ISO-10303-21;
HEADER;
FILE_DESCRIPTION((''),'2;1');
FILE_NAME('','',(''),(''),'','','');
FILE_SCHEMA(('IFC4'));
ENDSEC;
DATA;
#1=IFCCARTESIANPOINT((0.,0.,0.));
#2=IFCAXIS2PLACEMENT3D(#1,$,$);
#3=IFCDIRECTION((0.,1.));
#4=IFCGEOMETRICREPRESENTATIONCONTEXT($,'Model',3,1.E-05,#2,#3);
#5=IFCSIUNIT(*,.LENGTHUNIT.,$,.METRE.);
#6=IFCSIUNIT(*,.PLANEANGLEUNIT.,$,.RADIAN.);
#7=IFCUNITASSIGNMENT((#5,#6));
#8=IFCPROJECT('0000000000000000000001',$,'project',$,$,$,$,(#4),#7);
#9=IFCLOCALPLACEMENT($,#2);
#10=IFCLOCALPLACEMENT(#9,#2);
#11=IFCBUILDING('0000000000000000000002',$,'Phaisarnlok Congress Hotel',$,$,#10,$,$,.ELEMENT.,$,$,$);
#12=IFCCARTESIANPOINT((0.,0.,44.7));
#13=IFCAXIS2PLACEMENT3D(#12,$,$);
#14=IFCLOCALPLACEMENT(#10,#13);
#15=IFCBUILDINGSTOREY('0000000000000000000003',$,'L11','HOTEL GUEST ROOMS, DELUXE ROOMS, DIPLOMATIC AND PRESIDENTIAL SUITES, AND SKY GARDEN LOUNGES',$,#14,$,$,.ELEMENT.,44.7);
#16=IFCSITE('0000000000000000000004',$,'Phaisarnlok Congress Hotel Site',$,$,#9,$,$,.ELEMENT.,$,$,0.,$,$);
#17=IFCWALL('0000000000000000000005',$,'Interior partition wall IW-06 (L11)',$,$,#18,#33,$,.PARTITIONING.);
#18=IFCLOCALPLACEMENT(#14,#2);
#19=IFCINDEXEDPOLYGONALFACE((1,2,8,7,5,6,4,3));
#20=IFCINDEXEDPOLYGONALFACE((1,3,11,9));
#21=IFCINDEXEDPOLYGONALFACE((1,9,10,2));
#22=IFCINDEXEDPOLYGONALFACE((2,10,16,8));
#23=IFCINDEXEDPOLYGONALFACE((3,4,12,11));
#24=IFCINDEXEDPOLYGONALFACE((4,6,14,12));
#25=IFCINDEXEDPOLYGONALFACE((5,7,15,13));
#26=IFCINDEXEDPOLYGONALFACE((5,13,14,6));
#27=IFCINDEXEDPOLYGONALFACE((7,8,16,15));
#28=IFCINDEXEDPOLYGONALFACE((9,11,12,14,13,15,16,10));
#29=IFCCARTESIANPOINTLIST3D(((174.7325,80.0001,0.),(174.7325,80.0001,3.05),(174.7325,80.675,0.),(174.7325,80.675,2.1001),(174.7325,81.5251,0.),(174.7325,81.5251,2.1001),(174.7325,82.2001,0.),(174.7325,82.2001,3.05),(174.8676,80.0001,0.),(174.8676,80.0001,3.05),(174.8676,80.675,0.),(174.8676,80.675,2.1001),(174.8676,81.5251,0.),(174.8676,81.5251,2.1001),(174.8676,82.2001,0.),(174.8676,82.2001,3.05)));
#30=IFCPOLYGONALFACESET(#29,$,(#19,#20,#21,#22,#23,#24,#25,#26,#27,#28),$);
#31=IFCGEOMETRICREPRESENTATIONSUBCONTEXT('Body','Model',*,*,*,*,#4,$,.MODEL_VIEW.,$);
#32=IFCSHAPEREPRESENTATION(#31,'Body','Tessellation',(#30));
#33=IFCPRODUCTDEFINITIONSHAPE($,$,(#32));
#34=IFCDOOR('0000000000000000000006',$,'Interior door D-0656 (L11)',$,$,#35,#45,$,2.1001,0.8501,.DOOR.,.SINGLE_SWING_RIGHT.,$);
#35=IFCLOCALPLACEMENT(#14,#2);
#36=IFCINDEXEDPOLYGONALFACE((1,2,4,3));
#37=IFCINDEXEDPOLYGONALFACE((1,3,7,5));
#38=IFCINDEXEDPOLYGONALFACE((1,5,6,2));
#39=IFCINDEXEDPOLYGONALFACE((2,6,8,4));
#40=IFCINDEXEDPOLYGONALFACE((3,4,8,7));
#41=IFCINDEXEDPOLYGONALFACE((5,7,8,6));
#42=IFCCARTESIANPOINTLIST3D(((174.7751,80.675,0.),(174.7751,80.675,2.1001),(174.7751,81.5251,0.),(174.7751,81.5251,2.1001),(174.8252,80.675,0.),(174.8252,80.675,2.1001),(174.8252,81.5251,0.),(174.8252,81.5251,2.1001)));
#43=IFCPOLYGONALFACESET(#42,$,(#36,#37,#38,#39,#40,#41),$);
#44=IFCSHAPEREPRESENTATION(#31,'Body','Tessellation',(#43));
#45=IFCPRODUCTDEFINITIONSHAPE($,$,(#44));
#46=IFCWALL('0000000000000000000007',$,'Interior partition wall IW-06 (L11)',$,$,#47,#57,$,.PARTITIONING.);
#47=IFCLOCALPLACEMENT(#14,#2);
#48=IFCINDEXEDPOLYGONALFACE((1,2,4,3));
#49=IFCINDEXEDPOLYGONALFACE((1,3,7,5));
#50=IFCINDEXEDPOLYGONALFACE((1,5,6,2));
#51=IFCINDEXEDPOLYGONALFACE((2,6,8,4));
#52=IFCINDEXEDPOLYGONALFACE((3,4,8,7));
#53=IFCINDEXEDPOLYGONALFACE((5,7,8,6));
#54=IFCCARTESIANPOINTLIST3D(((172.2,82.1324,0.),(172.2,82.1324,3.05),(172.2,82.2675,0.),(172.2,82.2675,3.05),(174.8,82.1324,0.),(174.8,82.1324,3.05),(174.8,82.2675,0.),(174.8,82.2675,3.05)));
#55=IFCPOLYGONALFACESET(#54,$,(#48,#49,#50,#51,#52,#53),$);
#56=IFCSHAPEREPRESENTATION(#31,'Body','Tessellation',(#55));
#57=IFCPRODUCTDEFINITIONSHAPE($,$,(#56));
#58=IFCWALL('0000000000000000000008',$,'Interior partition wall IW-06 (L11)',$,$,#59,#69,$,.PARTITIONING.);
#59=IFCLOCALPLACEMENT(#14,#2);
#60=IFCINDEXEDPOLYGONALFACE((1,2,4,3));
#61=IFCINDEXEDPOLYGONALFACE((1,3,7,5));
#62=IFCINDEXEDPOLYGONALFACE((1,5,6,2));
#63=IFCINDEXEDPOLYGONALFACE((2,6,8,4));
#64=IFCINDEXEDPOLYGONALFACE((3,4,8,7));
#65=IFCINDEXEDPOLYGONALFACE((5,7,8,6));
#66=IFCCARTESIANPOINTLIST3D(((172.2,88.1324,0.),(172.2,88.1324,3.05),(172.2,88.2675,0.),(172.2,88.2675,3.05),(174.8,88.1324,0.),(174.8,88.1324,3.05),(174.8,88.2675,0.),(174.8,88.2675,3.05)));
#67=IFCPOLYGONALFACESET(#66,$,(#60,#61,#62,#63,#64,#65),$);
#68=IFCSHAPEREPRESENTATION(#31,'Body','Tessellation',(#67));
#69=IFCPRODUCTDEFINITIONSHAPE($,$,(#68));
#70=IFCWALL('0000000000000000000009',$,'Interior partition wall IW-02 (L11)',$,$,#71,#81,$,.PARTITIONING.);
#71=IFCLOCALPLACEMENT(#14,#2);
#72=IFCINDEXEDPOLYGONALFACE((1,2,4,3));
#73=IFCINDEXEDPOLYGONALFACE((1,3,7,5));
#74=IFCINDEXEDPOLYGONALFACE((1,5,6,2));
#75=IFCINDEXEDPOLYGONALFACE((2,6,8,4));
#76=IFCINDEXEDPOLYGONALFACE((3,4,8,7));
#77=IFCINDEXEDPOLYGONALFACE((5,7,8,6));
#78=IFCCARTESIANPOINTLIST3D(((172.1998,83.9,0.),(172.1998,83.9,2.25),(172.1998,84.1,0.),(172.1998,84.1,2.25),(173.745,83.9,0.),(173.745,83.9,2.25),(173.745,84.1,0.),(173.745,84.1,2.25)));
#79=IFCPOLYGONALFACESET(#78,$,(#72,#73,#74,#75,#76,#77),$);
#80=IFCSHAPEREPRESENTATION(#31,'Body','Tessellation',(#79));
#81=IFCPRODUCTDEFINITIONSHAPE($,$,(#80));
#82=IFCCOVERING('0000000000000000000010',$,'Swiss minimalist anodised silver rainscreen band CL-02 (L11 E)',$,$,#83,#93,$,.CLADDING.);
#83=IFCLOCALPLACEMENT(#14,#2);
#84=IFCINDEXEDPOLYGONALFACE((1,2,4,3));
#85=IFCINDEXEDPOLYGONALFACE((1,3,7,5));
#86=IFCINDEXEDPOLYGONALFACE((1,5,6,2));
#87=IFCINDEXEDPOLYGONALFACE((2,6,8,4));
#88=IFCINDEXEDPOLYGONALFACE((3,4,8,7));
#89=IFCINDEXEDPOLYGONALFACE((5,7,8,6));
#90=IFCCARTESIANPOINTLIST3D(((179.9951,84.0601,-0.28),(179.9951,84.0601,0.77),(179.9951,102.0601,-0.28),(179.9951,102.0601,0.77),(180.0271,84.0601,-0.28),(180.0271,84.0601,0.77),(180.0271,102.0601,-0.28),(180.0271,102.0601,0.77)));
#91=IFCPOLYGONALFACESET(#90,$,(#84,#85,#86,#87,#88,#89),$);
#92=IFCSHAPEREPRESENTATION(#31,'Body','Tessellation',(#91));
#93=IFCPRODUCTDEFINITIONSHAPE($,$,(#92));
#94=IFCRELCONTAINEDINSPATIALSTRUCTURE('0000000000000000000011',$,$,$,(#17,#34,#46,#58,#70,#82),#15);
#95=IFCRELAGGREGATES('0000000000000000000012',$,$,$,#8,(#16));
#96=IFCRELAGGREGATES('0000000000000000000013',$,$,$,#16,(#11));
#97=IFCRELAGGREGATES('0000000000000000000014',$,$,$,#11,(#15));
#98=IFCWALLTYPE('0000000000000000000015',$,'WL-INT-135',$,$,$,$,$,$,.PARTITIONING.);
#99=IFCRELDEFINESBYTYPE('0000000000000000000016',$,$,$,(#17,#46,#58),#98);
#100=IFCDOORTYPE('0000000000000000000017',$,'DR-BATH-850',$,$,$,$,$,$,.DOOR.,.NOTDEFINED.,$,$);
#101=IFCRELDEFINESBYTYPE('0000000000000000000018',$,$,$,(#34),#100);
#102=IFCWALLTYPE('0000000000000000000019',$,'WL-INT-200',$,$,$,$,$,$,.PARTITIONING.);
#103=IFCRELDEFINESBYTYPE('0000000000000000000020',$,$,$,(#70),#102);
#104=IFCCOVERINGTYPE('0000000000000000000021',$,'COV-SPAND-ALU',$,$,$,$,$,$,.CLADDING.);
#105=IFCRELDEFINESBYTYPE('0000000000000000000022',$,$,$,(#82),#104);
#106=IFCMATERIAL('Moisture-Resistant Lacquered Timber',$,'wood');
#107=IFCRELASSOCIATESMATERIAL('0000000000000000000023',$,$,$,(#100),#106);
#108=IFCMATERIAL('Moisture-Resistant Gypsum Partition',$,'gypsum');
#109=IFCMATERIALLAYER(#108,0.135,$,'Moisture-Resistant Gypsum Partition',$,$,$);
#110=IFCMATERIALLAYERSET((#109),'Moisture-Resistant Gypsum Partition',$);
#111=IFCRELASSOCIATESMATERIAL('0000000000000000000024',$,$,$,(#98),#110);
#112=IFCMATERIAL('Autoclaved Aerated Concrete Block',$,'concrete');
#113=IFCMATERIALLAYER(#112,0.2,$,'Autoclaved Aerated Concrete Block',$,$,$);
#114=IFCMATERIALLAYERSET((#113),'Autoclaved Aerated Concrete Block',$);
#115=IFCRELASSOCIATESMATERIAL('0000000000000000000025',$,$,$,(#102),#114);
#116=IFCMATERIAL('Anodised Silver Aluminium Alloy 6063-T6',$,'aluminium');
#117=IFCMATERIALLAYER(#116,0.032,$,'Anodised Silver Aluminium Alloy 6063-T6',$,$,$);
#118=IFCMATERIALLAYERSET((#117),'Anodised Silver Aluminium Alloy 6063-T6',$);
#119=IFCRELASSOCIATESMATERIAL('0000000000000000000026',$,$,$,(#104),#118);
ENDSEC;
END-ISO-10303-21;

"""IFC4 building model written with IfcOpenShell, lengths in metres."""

from ifc_helpers import new_model, si_unit, direction, frame, frame_2d, origin, place, context, subcontext, project, spatial, polyline, rectangle, outline, extrude, material, layer, layer_set, type_object, element, fill, save


model = new_model("IFC4")

# Units and contexts
model_context = context("Model", 3, precision=1e-05, world=origin(), true_north=direction((0.0, 1.0)))
body_context = subcontext(model_context, "Body", "Model", "MODEL_VIEW")
ifc_project = project(units=[si_unit("LENGTHUNIT", "METRE"), si_unit("PLANEANGLEUNIT", "RADIAN")], contexts=[model_context])

# Site, building, storey
site_placement = place(None, origin())
site = spatial("IfcSite", under=ifc_project, at=site_placement, Name="Phaisarnlok Congress Hotel Site", CompositionType="ELEMENT", RefElevation=0.0)
building_placement = place(site_placement, origin())
building = spatial("IfcBuilding", under=site, at=building_placement, Name="Phaisarnlok Congress Hotel", CompositionType="ELEMENT")
storey_placement = place(building_placement, frame((0.0, 0.0, 44.7)))
storey = spatial("IfcBuildingStorey", under=building, at=storey_placement, Name="L11", Description="HOTEL GUEST ROOMS, DELUXE ROOMS, DIPLOMATIC AND PRESIDENTIAL SUITES, AND SKY GARDEN LOUNGES", CompositionType="ELEMENT", Elevation=44.7)

# Shared definitions
ifc_material_1 = material(Name="Moisture-Resistant Lacquered Timber", Category="wood")
door_type = type_object("IfcDoorType", Name="DR-BATH-850", OperationType="NOTDEFINED", PredefinedType="DOOR", material=ifc_material_1)

# Wall, opening, door
ifc_material_2 = material(Name="Moisture-Resistant Gypsum Partition", Category="gypsum")
ifc_layer_1 = layer(ifc_material_2, 0.135, Name="Moisture-Resistant Gypsum Partition")
ifc_layer_set_1 = layer_set([ifc_layer_1], Name="Moisture-Resistant Gypsum Partition")
wall_type_1 = type_object("IfcWallType", Name="WL-INT-135", PredefinedType="PARTITIONING", material=ifc_layer_set_1)
wall_1_placement = place(storey_placement, frame((174.8, 80.0, 0.0), z_axis=(0.0, 0.0, 1.0), x_axis=(0.0, 1.0, 0.0)))
wall_1 = element("IfcWall", 1, at=wall_1_placement, inside=storey, type_object=wall_type_1, Name="Interior partition wall IW-06 (L11)", PredefinedType="PARTITIONING", context=body_context, shape_type="SweptSolid", body=[
    extrude(rectangle(XDim=2.2, YDim=0.135, at=frame_2d((1.1001, 0.0))), origin(), (0.0, 0.0, 1.0), 3.05),
])
opening_1_placement = place(wall_1_placement, frame((0.675, 0.0, 0.0)))
opening_1 = element("IfcOpeningElement", 2, at=opening_1_placement, cuts=wall_1, PredefinedType="OPENING", context=body_context, shape_type="SweptSolid", body=[
    extrude(rectangle(XDim=0.8501, YDim=2.1001, at=frame_2d((0.425, 1.05))), frame((0.0, 0.0776, 0.0), z_axis=(0.0, -1.0, 0.0), x_axis=(1.0, 0.0, 0.0)), (0.0, 0.0, 1.0), 0.155),
])
door_1_placement = place(opening_1_placement, origin())
door_1 = element("IfcDoor", 3, at=door_1_placement, inside=storey, type_object=door_type, Name="Interior door D-0656 (L11)", OperationType="SINGLE_SWING_RIGHT", OverallHeight=2.1001, OverallWidth=0.8501, PredefinedType="DOOR", context=body_context, shape_type="SweptSolid", body=[
    extrude(rectangle(XDim=0.8501, YDim=2.1001, at=frame_2d((0.425, 1.05))), frame((0.0, 0.0249, 0.0), z_axis=(0.0, -1.0, 0.0), x_axis=(1.0, 0.0, 0.0)), (0.0, 0.0, 1.0), 0.05),
])
fill(opening_1, door_1)

# Walls
for number, where, z_axis, x_axis, name in (
    (4, (172.2, 82.2, 0.0), (0.0, 0.0, 1.0), (1.0, 0.0, 0.0), "Interior partition wall IW-06 (L11)"),
    (5, (172.2, 88.2, 0.0), (0.0, 0.0, 1.0), (1.0, 0.0, 0.0), "Interior partition wall IW-06 (L11)"),
):
    element("IfcWall", number, at=place(storey_placement, frame(where, z_axis=z_axis, x_axis=x_axis)), inside=storey, type_object=wall_type_1, Name=name, PredefinedType="PARTITIONING", context=body_context, shape_type="SweptSolid", body=[
        extrude(rectangle(XDim=2.6001, YDim=0.135, at=frame_2d((1.3, 0.0))), origin(), (0.0, 0.0, 1.0), 3.05),
    ])
ifc_material_3 = material(Name="Autoclaved Aerated Concrete Block", Category="concrete")
ifc_layer_2 = layer(ifc_material_3, 0.2, Name="Autoclaved Aerated Concrete Block")
ifc_layer_set_2 = layer_set([ifc_layer_2], Name="Autoclaved Aerated Concrete Block")
wall_type_2 = type_object("IfcWallType", Name="WL-INT-200", PredefinedType="PARTITIONING", material=ifc_layer_set_2)
wall_2_placement = place(storey_placement, frame((172.2, 84.0, 0.0), z_axis=(0.0, 0.0, 1.0), x_axis=(1.0, 0.0, 0.0)))
element("IfcWall", 6, at=wall_2_placement, inside=storey, type_object=wall_type_2, Name="Interior partition wall IW-02 (L11)", PredefinedType="PARTITIONING", context=body_context, shape_type="SweptSolid", body=[
    extrude(rectangle(XDim=1.5452, YDim=0.2, at=frame_2d((0.7725, 0.0))), origin(), (0.0, 0.0, 1.0), 2.25),
])

# Covering
ifc_material_4 = material(Name="Anodised Silver Aluminium Alloy 6063-T6", Category="aluminium")
ifc_layer_3 = layer(ifc_material_4, 0.032, Name="Anodised Silver Aluminium Alloy 6063-T6")
ifc_layer_set_3 = layer_set([ifc_layer_3], Name="Anodised Silver Aluminium Alloy 6063-T6")
covering_type = type_object("IfcCoveringType", Name="COV-SPAND-ALU", PredefinedType="CLADDING", material=ifc_layer_set_3)
covering_placement = place(storey_placement, frame((179.9951, 84.0601, -0.28), z_axis=(1.0, 0.0, 0.0), x_axis=(0.0, 1.0, 0.0)))
element("IfcCovering", 7, at=covering_placement, inside=storey, type_object=covering_type, Name="Swiss minimalist anodised silver rainscreen band CL-02 (L11 E)", PredefinedType="CLADDING", context=body_context, shape_type="SweptSolid", body=[
    extrude(outline(polyline([(0.0, 0.0), (18.0, 0.0), (18.0, 1.05), (0.0, 1.05), (0.0, 0.0)])), origin(), (0.0, 0.0, 1.0), 0.032),
])

save(model, "model.ifc")
